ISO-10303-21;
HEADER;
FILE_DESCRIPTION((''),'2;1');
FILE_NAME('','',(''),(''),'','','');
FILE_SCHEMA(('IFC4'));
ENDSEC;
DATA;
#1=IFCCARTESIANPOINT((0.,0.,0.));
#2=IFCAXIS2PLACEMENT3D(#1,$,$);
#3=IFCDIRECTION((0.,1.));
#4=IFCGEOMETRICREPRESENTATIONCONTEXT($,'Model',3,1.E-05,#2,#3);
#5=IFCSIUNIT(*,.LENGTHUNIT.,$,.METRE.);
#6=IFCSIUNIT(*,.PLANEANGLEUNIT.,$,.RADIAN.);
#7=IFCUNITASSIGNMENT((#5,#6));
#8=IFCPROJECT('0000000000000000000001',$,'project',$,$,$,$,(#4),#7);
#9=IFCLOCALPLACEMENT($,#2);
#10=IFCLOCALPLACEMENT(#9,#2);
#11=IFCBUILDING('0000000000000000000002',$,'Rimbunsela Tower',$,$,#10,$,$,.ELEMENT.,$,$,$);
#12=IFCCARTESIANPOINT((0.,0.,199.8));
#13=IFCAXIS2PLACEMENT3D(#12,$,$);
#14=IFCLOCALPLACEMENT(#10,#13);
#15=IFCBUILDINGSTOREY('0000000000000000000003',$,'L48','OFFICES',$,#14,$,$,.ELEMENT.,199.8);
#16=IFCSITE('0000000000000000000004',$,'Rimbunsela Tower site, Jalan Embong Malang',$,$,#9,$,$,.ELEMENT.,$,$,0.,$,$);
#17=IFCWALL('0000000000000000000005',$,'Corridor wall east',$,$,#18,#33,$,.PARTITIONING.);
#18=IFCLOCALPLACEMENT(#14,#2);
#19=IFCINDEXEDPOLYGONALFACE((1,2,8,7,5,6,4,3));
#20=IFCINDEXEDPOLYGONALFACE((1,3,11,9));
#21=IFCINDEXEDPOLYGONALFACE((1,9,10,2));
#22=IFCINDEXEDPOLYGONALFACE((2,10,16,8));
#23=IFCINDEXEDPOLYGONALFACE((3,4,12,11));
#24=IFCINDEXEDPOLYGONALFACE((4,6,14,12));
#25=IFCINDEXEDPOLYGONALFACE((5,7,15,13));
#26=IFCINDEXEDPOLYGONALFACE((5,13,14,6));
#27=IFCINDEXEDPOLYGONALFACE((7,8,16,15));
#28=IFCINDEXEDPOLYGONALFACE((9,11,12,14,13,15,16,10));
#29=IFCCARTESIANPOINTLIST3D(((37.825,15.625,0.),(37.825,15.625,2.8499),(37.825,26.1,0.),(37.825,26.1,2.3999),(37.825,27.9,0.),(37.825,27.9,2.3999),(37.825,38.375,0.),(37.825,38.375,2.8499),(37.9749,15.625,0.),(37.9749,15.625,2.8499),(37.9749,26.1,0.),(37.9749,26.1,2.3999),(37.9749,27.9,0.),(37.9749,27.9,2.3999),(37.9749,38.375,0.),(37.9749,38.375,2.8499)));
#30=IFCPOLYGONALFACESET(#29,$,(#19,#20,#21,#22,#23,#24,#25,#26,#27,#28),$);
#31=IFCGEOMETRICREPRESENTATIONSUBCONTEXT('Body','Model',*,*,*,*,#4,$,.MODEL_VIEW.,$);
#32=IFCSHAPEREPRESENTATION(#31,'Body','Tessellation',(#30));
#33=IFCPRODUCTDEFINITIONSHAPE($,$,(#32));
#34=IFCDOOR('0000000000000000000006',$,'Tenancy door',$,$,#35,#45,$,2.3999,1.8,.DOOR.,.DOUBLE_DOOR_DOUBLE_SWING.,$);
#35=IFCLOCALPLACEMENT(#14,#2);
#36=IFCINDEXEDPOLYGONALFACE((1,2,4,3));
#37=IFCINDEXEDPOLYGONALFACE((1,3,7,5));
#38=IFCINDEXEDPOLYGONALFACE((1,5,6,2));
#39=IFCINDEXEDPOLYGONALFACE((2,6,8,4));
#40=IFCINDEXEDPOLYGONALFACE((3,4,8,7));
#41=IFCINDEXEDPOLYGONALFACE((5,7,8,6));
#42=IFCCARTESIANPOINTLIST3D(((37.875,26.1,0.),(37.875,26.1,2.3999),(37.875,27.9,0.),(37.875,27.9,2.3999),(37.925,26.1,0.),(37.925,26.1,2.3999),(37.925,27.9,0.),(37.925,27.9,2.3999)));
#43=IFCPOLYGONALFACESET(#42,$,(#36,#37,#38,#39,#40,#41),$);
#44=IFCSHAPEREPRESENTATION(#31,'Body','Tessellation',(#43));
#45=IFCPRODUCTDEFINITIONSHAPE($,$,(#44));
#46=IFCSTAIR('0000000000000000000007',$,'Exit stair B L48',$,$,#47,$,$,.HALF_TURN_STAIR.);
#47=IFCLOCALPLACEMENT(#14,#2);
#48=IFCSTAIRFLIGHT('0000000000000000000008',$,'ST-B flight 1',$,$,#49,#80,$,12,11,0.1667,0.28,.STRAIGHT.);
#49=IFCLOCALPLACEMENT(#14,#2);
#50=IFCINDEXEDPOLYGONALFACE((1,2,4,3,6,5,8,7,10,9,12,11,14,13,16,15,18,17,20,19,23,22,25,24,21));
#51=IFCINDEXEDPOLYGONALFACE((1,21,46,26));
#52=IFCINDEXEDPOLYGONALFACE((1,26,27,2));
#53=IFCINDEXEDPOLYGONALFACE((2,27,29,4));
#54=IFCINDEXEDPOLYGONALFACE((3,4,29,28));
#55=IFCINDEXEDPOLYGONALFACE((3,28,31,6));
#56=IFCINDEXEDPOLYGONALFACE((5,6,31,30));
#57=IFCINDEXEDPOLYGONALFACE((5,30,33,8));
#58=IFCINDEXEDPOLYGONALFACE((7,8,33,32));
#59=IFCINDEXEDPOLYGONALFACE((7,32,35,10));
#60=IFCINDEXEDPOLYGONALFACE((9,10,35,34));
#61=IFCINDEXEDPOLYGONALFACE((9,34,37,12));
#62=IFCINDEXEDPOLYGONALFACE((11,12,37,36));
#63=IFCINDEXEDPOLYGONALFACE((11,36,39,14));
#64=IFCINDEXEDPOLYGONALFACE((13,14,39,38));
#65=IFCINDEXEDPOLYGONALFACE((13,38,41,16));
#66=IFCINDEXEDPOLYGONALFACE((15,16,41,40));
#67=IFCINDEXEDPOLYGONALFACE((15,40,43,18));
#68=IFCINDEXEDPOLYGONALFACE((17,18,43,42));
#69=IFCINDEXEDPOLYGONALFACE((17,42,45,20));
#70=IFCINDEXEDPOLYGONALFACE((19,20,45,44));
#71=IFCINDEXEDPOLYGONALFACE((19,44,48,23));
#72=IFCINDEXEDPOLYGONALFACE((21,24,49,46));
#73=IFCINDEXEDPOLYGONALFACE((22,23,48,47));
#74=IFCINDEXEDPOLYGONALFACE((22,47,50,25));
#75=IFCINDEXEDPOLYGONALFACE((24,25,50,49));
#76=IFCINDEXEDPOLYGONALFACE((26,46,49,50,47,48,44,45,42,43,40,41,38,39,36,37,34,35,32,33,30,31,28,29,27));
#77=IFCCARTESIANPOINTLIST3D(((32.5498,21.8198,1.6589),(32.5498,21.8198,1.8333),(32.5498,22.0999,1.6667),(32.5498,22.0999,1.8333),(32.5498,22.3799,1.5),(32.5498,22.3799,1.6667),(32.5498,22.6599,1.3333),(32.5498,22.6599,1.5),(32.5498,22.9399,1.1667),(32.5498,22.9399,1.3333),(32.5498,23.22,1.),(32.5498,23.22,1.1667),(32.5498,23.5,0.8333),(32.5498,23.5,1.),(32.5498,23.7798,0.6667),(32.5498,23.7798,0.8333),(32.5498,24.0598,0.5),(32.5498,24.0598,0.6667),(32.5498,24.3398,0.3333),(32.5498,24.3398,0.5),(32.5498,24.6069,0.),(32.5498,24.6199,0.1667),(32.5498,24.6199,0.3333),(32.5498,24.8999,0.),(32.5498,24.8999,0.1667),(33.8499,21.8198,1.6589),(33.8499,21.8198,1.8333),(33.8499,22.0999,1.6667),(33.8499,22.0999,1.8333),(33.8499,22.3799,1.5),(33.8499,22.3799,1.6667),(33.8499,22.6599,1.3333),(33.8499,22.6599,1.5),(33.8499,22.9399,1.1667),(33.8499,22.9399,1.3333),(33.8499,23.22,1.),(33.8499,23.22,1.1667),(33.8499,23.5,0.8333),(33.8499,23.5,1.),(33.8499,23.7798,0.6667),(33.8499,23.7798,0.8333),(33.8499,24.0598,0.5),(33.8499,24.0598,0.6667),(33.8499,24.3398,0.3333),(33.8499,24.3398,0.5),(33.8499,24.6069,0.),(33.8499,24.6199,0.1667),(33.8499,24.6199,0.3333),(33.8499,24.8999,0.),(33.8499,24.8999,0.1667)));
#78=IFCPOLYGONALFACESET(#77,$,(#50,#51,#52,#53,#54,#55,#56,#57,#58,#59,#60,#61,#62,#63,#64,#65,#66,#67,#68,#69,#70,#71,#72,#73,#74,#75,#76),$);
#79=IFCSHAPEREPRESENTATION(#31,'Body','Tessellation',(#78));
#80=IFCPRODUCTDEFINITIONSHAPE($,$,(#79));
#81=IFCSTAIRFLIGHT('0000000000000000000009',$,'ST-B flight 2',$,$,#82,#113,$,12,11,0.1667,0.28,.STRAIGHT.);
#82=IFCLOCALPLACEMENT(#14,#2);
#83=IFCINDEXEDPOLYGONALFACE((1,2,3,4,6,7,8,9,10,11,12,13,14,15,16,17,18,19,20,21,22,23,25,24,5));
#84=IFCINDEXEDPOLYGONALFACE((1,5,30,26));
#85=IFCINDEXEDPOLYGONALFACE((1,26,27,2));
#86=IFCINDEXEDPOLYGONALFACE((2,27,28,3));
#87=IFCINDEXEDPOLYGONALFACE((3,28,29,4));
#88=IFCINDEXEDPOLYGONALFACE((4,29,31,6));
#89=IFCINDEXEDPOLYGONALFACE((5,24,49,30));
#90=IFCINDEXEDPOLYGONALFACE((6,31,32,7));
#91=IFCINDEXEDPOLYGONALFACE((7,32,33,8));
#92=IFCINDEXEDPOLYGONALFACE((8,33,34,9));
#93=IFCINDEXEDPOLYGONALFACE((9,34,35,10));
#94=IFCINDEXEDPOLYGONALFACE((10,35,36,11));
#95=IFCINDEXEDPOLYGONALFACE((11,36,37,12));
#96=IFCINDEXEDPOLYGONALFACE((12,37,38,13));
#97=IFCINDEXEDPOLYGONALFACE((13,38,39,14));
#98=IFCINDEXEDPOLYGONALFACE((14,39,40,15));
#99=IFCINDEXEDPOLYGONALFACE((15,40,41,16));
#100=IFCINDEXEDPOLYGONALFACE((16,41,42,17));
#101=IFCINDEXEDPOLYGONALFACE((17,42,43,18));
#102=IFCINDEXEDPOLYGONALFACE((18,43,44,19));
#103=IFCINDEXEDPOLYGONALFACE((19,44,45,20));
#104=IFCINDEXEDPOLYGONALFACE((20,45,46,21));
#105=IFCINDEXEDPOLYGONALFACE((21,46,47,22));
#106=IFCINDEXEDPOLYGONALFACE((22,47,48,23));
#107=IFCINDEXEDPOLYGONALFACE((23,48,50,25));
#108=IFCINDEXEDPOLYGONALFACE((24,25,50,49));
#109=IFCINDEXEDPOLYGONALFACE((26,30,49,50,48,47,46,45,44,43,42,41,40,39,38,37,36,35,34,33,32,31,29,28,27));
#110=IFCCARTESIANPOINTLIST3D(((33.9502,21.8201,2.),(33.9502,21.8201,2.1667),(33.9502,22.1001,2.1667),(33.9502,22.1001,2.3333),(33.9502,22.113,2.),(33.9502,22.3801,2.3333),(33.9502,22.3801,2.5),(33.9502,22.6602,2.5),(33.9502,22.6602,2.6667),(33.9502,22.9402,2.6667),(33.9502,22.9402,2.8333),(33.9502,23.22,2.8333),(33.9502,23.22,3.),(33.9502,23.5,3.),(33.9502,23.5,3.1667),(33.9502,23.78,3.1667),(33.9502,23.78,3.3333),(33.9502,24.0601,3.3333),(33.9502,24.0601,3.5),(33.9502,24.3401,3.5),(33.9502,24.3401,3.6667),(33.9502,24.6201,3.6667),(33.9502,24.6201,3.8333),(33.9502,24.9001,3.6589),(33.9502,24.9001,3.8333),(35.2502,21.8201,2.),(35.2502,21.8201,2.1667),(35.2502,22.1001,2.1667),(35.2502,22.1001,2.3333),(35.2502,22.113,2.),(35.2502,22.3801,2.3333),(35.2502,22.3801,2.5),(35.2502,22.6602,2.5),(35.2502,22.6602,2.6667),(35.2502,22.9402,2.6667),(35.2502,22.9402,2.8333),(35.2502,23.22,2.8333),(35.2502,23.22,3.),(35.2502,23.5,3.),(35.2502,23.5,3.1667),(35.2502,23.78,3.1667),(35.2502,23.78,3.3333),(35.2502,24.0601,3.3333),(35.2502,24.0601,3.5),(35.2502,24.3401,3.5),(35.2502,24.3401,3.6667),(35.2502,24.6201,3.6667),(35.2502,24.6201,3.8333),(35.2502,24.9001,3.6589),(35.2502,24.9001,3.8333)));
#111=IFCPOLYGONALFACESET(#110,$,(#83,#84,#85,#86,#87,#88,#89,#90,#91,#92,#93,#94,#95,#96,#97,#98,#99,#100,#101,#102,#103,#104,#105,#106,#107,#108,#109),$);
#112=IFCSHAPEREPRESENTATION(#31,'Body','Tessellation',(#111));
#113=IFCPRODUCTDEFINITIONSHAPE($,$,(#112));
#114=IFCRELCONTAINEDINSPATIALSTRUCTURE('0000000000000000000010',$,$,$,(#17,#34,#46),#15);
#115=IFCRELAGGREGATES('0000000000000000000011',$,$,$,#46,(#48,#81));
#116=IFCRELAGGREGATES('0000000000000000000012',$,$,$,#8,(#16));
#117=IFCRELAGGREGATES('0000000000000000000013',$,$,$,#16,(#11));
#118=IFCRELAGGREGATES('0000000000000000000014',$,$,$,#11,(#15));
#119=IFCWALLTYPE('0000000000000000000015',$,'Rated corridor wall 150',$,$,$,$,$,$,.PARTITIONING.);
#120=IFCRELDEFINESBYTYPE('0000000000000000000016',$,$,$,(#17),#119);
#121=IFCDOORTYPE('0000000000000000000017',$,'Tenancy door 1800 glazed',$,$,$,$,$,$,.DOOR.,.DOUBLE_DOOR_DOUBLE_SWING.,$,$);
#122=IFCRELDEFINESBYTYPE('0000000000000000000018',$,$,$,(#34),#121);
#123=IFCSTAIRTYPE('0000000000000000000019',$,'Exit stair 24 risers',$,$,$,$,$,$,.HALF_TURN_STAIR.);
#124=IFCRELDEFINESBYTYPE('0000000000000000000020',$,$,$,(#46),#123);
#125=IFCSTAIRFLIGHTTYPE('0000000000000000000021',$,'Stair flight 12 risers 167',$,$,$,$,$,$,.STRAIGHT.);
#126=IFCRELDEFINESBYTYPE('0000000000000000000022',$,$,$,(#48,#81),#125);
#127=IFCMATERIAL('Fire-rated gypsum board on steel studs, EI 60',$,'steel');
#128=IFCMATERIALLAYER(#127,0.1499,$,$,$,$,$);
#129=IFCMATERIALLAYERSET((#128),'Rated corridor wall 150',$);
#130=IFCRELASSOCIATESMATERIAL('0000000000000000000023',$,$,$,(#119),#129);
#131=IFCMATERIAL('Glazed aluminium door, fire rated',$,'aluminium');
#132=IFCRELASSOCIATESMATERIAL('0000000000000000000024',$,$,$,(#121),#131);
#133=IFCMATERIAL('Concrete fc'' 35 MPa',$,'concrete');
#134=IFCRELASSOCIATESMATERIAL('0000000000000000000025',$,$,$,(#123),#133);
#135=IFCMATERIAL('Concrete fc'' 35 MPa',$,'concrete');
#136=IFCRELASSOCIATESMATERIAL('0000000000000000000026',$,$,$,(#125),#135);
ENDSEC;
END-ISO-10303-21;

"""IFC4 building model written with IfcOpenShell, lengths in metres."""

from ifc_helpers import new_model, si_unit, direction, frame, frame_2d, origin, place, context, subcontext, project, spatial, polyline, rectangle, outline, extrude, material, layer, layer_set, type_object, element, fill, aggregate, save


model = new_model("IFC4")

# Units and contexts
model_context = context("Model", 3, precision=1e-05, world=origin(), true_north=direction((0.0, 1.0)))
body_context = subcontext(model_context, "Body", "Model", "MODEL_VIEW")
ifc_project = project(units=[si_unit("LENGTHUNIT", "METRE"), si_unit("PLANEANGLEUNIT", "RADIAN")], contexts=[model_context])

# Site, building, storey
site_placement = place(None, origin())
site = spatial("IfcSite", under=ifc_project, at=site_placement, Name="Rimbunsela Tower site, Jalan Embong Malang", CompositionType="ELEMENT", RefElevation=0.0)
building_placement = place(site_placement, origin())
building = spatial("IfcBuilding", under=site, at=building_placement, Name="Rimbunsela Tower", CompositionType="ELEMENT")
storey_placement = place(building_placement, frame((0.0, 0.0, 199.8)))
storey = spatial("IfcBuildingStorey", under=building, at=storey_placement, Name="L48", Description="OFFICES", CompositionType="ELEMENT", Elevation=199.8)

# Wall, opening, door
ifc_material_1 = material(Name="Fire-rated gypsum board on steel studs, EI 60", Category="steel")
ifc_layer_1 = layer(ifc_material_1, 0.1499)
ifc_layer_set_1 = layer_set([ifc_layer_1], Name="Rated corridor wall 150")
wall_type_1 = type_object("IfcWallType", Name="Rated corridor wall 150", PredefinedType="PARTITIONING", material=ifc_layer_set_1)
wall_1_placement = place(storey_placement, frame((37.8999, 15.625, 0.0), z_axis=(0.0, 0.0, 1.0), x_axis=(0.0, 1.0, 0.0)))
wall_1 = element("IfcWall", 1, at=wall_1_placement, inside=storey, type_object=wall_type_1, Name="Corridor wall east", PredefinedType="PARTITIONING", context=body_context, shape_type="SweptSolid", body=[
    extrude(rectangle(XDim=22.75, YDim=0.1499, at=frame_2d((11.375, 0.0))), origin(), (0.0, 0.0, 1.0), 2.8499),
])
opening_1_placement = place(wall_1_placement, frame((10.4751, 0.0, 0.0)))
opening_1 = element("IfcOpeningElement", 2, at=opening_1_placement, cuts=wall_1, PredefinedType="OPENING", context=body_context, shape_type="SweptSolid", body=[
    extrude(rectangle(XDim=1.8, YDim=2.3999, at=frame_2d((0.8999, 1.2))), frame((0.0, 0.085, 0.0), z_axis=(0.0, -1.0, 0.0), x_axis=(1.0, 0.0, 0.0)), (0.0, 0.0, 1.0), 0.1699),
])
ifc_material_2 = material(Name="Glazed aluminium door, fire rated", Category="aluminium")
door_type_1 = type_object("IfcDoorType", Name="Tenancy door 1800 glazed", OperationType="DOUBLE_DOOR_DOUBLE_SWING", PredefinedType="DOOR", material=ifc_material_2)
door_1_placement = place(opening_1_placement, origin())
door_1 = element("IfcDoor", 3, at=door_1_placement, inside=storey, type_object=door_type_1, Name="Tenancy door", OperationType="DOUBLE_DOOR_DOUBLE_SWING", OverallHeight=2.3999, OverallWidth=1.8, PredefinedType="DOOR", context=body_context, shape_type="SweptSolid", body=[
    extrude(rectangle(XDim=1.8, YDim=2.3999, at=frame_2d((0.8999, 1.2))), frame((0.0, 0.0249, 0.0), z_axis=(0.0, -1.0, 0.0), x_axis=(1.0, 0.0, 0.0)), (0.0, 0.0, 1.0), 0.05),
])
fill(opening_1, door_1)

# Stair, stair flights
ifc_material_3 = material(Name="Concrete fc' 35 MPa", Category="concrete")
stair_type = type_object("IfcStairType", Name="Exit stair 24 risers", PredefinedType="HALF_TURN_STAIR", material=ifc_material_3)
stair_placement = place(storey_placement, origin())
stair = element("IfcStair", 4, at=stair_placement, inside=storey, type_object=stair_type, Name="Exit stair B L48", PredefinedType="HALF_TURN_STAIR")
ifc_material_4 = material(Name="Concrete fc' 35 MPa", Category="concrete")
stair_flight_type = type_object("IfcStairFlightType", Name="Stair flight 12 risers 167", PredefinedType="STRAIGHT", material=ifc_material_4)
stair_flight_1_placement = place(storey_placement, frame((33.2, 24.8999, 0.0), z_axis=(0.0, 0.0, 1.0), x_axis=(0.0, -1.0, 0.0)))
stair_flight_1 = element("IfcStairFlight", 5, at=stair_flight_1_placement, type_object=stair_flight_type, Name="ST-B flight 1", NumberOfRisers=12, NumberOfTreads=11, PredefinedType="STRAIGHT", RiserHeight=0.1667, TreadLength=0.28, context=body_context, shape_type="SweptSolid", body=[
    extrude(outline(polyline([(0.0, 0.0), (0.0, 0.1667), (0.28, 0.1667), (0.28, 0.3333), (0.5601, 0.3333), (0.5601, 0.5), (0.8401, 0.5), (0.8401, 0.6667), (1.1201, 0.6667), (1.1201, 0.8333), (1.3999, 0.8333), (1.3999, 1.0), (1.6799, 1.0), (1.6799, 1.1667), (1.96, 1.1667), (1.96, 1.3333), (2.24, 1.3333), (2.24, 1.5), (2.52, 1.5), (2.52, 1.6667), (2.8, 1.6667), (2.8, 1.8333), (3.0801, 1.8333), (3.0801, 2.0), (3.0801, 1.6589), (0.293, 0.0), (0.0, 0.0)])), frame((0.0, 0.6499, 0.0), z_axis=(0.0, -1.0, 0.0), x_axis=(1.0, 0.0, 0.0)), (0.0, 0.0, 1.0), 1.3),
])
stair_flight_2_placement = place(storey_placement, frame((34.6001, 21.8201, 2.0), z_axis=(0.0, 0.0, 1.0), x_axis=(0.0, 1.0, 0.0)))
stair_flight_2 = element("IfcStairFlight", 6, at=stair_flight_2_placement, type_object=stair_flight_type, Name="ST-B flight 2", NumberOfRisers=12, NumberOfTreads=11, PredefinedType="STRAIGHT", RiserHeight=0.1667, TreadLength=0.28, context=body_context, shape_type="SweptSolid", body=[
    extrude(outline(polyline([(0.0, 0.0), (0.0, 0.1667), (0.28, 0.1667), (0.28, 0.3333), (0.5601, 0.3333), (0.5601, 0.5), (0.8401, 0.5), (0.8401, 0.6667), (1.1201, 0.6667), (1.1201, 0.8333), (1.3999, 0.8333), (1.3999, 1.0), (1.6799, 1.0), (1.6799, 1.1667), (1.96, 1.1667), (1.96, 1.3333), (2.24, 1.3333), (2.24, 1.5), (2.52, 1.5), (2.52, 1.6667), (2.8, 1.6667), (2.8, 1.8333), (3.0801, 1.8333), (3.0801, 2.0), (3.0801, 1.6589), (0.293, 0.0), (0.0, 0.0)])), frame((0.0, 0.6499, 0.0), z_axis=(0.0, -1.0, 0.0), x_axis=(1.0, 0.0, 0.0)), (0.0, 0.0, 1.0), 1.3),
])
aggregate(stair, [stair_flight_1, stair_flight_2])

save(model, "model.ifc")
